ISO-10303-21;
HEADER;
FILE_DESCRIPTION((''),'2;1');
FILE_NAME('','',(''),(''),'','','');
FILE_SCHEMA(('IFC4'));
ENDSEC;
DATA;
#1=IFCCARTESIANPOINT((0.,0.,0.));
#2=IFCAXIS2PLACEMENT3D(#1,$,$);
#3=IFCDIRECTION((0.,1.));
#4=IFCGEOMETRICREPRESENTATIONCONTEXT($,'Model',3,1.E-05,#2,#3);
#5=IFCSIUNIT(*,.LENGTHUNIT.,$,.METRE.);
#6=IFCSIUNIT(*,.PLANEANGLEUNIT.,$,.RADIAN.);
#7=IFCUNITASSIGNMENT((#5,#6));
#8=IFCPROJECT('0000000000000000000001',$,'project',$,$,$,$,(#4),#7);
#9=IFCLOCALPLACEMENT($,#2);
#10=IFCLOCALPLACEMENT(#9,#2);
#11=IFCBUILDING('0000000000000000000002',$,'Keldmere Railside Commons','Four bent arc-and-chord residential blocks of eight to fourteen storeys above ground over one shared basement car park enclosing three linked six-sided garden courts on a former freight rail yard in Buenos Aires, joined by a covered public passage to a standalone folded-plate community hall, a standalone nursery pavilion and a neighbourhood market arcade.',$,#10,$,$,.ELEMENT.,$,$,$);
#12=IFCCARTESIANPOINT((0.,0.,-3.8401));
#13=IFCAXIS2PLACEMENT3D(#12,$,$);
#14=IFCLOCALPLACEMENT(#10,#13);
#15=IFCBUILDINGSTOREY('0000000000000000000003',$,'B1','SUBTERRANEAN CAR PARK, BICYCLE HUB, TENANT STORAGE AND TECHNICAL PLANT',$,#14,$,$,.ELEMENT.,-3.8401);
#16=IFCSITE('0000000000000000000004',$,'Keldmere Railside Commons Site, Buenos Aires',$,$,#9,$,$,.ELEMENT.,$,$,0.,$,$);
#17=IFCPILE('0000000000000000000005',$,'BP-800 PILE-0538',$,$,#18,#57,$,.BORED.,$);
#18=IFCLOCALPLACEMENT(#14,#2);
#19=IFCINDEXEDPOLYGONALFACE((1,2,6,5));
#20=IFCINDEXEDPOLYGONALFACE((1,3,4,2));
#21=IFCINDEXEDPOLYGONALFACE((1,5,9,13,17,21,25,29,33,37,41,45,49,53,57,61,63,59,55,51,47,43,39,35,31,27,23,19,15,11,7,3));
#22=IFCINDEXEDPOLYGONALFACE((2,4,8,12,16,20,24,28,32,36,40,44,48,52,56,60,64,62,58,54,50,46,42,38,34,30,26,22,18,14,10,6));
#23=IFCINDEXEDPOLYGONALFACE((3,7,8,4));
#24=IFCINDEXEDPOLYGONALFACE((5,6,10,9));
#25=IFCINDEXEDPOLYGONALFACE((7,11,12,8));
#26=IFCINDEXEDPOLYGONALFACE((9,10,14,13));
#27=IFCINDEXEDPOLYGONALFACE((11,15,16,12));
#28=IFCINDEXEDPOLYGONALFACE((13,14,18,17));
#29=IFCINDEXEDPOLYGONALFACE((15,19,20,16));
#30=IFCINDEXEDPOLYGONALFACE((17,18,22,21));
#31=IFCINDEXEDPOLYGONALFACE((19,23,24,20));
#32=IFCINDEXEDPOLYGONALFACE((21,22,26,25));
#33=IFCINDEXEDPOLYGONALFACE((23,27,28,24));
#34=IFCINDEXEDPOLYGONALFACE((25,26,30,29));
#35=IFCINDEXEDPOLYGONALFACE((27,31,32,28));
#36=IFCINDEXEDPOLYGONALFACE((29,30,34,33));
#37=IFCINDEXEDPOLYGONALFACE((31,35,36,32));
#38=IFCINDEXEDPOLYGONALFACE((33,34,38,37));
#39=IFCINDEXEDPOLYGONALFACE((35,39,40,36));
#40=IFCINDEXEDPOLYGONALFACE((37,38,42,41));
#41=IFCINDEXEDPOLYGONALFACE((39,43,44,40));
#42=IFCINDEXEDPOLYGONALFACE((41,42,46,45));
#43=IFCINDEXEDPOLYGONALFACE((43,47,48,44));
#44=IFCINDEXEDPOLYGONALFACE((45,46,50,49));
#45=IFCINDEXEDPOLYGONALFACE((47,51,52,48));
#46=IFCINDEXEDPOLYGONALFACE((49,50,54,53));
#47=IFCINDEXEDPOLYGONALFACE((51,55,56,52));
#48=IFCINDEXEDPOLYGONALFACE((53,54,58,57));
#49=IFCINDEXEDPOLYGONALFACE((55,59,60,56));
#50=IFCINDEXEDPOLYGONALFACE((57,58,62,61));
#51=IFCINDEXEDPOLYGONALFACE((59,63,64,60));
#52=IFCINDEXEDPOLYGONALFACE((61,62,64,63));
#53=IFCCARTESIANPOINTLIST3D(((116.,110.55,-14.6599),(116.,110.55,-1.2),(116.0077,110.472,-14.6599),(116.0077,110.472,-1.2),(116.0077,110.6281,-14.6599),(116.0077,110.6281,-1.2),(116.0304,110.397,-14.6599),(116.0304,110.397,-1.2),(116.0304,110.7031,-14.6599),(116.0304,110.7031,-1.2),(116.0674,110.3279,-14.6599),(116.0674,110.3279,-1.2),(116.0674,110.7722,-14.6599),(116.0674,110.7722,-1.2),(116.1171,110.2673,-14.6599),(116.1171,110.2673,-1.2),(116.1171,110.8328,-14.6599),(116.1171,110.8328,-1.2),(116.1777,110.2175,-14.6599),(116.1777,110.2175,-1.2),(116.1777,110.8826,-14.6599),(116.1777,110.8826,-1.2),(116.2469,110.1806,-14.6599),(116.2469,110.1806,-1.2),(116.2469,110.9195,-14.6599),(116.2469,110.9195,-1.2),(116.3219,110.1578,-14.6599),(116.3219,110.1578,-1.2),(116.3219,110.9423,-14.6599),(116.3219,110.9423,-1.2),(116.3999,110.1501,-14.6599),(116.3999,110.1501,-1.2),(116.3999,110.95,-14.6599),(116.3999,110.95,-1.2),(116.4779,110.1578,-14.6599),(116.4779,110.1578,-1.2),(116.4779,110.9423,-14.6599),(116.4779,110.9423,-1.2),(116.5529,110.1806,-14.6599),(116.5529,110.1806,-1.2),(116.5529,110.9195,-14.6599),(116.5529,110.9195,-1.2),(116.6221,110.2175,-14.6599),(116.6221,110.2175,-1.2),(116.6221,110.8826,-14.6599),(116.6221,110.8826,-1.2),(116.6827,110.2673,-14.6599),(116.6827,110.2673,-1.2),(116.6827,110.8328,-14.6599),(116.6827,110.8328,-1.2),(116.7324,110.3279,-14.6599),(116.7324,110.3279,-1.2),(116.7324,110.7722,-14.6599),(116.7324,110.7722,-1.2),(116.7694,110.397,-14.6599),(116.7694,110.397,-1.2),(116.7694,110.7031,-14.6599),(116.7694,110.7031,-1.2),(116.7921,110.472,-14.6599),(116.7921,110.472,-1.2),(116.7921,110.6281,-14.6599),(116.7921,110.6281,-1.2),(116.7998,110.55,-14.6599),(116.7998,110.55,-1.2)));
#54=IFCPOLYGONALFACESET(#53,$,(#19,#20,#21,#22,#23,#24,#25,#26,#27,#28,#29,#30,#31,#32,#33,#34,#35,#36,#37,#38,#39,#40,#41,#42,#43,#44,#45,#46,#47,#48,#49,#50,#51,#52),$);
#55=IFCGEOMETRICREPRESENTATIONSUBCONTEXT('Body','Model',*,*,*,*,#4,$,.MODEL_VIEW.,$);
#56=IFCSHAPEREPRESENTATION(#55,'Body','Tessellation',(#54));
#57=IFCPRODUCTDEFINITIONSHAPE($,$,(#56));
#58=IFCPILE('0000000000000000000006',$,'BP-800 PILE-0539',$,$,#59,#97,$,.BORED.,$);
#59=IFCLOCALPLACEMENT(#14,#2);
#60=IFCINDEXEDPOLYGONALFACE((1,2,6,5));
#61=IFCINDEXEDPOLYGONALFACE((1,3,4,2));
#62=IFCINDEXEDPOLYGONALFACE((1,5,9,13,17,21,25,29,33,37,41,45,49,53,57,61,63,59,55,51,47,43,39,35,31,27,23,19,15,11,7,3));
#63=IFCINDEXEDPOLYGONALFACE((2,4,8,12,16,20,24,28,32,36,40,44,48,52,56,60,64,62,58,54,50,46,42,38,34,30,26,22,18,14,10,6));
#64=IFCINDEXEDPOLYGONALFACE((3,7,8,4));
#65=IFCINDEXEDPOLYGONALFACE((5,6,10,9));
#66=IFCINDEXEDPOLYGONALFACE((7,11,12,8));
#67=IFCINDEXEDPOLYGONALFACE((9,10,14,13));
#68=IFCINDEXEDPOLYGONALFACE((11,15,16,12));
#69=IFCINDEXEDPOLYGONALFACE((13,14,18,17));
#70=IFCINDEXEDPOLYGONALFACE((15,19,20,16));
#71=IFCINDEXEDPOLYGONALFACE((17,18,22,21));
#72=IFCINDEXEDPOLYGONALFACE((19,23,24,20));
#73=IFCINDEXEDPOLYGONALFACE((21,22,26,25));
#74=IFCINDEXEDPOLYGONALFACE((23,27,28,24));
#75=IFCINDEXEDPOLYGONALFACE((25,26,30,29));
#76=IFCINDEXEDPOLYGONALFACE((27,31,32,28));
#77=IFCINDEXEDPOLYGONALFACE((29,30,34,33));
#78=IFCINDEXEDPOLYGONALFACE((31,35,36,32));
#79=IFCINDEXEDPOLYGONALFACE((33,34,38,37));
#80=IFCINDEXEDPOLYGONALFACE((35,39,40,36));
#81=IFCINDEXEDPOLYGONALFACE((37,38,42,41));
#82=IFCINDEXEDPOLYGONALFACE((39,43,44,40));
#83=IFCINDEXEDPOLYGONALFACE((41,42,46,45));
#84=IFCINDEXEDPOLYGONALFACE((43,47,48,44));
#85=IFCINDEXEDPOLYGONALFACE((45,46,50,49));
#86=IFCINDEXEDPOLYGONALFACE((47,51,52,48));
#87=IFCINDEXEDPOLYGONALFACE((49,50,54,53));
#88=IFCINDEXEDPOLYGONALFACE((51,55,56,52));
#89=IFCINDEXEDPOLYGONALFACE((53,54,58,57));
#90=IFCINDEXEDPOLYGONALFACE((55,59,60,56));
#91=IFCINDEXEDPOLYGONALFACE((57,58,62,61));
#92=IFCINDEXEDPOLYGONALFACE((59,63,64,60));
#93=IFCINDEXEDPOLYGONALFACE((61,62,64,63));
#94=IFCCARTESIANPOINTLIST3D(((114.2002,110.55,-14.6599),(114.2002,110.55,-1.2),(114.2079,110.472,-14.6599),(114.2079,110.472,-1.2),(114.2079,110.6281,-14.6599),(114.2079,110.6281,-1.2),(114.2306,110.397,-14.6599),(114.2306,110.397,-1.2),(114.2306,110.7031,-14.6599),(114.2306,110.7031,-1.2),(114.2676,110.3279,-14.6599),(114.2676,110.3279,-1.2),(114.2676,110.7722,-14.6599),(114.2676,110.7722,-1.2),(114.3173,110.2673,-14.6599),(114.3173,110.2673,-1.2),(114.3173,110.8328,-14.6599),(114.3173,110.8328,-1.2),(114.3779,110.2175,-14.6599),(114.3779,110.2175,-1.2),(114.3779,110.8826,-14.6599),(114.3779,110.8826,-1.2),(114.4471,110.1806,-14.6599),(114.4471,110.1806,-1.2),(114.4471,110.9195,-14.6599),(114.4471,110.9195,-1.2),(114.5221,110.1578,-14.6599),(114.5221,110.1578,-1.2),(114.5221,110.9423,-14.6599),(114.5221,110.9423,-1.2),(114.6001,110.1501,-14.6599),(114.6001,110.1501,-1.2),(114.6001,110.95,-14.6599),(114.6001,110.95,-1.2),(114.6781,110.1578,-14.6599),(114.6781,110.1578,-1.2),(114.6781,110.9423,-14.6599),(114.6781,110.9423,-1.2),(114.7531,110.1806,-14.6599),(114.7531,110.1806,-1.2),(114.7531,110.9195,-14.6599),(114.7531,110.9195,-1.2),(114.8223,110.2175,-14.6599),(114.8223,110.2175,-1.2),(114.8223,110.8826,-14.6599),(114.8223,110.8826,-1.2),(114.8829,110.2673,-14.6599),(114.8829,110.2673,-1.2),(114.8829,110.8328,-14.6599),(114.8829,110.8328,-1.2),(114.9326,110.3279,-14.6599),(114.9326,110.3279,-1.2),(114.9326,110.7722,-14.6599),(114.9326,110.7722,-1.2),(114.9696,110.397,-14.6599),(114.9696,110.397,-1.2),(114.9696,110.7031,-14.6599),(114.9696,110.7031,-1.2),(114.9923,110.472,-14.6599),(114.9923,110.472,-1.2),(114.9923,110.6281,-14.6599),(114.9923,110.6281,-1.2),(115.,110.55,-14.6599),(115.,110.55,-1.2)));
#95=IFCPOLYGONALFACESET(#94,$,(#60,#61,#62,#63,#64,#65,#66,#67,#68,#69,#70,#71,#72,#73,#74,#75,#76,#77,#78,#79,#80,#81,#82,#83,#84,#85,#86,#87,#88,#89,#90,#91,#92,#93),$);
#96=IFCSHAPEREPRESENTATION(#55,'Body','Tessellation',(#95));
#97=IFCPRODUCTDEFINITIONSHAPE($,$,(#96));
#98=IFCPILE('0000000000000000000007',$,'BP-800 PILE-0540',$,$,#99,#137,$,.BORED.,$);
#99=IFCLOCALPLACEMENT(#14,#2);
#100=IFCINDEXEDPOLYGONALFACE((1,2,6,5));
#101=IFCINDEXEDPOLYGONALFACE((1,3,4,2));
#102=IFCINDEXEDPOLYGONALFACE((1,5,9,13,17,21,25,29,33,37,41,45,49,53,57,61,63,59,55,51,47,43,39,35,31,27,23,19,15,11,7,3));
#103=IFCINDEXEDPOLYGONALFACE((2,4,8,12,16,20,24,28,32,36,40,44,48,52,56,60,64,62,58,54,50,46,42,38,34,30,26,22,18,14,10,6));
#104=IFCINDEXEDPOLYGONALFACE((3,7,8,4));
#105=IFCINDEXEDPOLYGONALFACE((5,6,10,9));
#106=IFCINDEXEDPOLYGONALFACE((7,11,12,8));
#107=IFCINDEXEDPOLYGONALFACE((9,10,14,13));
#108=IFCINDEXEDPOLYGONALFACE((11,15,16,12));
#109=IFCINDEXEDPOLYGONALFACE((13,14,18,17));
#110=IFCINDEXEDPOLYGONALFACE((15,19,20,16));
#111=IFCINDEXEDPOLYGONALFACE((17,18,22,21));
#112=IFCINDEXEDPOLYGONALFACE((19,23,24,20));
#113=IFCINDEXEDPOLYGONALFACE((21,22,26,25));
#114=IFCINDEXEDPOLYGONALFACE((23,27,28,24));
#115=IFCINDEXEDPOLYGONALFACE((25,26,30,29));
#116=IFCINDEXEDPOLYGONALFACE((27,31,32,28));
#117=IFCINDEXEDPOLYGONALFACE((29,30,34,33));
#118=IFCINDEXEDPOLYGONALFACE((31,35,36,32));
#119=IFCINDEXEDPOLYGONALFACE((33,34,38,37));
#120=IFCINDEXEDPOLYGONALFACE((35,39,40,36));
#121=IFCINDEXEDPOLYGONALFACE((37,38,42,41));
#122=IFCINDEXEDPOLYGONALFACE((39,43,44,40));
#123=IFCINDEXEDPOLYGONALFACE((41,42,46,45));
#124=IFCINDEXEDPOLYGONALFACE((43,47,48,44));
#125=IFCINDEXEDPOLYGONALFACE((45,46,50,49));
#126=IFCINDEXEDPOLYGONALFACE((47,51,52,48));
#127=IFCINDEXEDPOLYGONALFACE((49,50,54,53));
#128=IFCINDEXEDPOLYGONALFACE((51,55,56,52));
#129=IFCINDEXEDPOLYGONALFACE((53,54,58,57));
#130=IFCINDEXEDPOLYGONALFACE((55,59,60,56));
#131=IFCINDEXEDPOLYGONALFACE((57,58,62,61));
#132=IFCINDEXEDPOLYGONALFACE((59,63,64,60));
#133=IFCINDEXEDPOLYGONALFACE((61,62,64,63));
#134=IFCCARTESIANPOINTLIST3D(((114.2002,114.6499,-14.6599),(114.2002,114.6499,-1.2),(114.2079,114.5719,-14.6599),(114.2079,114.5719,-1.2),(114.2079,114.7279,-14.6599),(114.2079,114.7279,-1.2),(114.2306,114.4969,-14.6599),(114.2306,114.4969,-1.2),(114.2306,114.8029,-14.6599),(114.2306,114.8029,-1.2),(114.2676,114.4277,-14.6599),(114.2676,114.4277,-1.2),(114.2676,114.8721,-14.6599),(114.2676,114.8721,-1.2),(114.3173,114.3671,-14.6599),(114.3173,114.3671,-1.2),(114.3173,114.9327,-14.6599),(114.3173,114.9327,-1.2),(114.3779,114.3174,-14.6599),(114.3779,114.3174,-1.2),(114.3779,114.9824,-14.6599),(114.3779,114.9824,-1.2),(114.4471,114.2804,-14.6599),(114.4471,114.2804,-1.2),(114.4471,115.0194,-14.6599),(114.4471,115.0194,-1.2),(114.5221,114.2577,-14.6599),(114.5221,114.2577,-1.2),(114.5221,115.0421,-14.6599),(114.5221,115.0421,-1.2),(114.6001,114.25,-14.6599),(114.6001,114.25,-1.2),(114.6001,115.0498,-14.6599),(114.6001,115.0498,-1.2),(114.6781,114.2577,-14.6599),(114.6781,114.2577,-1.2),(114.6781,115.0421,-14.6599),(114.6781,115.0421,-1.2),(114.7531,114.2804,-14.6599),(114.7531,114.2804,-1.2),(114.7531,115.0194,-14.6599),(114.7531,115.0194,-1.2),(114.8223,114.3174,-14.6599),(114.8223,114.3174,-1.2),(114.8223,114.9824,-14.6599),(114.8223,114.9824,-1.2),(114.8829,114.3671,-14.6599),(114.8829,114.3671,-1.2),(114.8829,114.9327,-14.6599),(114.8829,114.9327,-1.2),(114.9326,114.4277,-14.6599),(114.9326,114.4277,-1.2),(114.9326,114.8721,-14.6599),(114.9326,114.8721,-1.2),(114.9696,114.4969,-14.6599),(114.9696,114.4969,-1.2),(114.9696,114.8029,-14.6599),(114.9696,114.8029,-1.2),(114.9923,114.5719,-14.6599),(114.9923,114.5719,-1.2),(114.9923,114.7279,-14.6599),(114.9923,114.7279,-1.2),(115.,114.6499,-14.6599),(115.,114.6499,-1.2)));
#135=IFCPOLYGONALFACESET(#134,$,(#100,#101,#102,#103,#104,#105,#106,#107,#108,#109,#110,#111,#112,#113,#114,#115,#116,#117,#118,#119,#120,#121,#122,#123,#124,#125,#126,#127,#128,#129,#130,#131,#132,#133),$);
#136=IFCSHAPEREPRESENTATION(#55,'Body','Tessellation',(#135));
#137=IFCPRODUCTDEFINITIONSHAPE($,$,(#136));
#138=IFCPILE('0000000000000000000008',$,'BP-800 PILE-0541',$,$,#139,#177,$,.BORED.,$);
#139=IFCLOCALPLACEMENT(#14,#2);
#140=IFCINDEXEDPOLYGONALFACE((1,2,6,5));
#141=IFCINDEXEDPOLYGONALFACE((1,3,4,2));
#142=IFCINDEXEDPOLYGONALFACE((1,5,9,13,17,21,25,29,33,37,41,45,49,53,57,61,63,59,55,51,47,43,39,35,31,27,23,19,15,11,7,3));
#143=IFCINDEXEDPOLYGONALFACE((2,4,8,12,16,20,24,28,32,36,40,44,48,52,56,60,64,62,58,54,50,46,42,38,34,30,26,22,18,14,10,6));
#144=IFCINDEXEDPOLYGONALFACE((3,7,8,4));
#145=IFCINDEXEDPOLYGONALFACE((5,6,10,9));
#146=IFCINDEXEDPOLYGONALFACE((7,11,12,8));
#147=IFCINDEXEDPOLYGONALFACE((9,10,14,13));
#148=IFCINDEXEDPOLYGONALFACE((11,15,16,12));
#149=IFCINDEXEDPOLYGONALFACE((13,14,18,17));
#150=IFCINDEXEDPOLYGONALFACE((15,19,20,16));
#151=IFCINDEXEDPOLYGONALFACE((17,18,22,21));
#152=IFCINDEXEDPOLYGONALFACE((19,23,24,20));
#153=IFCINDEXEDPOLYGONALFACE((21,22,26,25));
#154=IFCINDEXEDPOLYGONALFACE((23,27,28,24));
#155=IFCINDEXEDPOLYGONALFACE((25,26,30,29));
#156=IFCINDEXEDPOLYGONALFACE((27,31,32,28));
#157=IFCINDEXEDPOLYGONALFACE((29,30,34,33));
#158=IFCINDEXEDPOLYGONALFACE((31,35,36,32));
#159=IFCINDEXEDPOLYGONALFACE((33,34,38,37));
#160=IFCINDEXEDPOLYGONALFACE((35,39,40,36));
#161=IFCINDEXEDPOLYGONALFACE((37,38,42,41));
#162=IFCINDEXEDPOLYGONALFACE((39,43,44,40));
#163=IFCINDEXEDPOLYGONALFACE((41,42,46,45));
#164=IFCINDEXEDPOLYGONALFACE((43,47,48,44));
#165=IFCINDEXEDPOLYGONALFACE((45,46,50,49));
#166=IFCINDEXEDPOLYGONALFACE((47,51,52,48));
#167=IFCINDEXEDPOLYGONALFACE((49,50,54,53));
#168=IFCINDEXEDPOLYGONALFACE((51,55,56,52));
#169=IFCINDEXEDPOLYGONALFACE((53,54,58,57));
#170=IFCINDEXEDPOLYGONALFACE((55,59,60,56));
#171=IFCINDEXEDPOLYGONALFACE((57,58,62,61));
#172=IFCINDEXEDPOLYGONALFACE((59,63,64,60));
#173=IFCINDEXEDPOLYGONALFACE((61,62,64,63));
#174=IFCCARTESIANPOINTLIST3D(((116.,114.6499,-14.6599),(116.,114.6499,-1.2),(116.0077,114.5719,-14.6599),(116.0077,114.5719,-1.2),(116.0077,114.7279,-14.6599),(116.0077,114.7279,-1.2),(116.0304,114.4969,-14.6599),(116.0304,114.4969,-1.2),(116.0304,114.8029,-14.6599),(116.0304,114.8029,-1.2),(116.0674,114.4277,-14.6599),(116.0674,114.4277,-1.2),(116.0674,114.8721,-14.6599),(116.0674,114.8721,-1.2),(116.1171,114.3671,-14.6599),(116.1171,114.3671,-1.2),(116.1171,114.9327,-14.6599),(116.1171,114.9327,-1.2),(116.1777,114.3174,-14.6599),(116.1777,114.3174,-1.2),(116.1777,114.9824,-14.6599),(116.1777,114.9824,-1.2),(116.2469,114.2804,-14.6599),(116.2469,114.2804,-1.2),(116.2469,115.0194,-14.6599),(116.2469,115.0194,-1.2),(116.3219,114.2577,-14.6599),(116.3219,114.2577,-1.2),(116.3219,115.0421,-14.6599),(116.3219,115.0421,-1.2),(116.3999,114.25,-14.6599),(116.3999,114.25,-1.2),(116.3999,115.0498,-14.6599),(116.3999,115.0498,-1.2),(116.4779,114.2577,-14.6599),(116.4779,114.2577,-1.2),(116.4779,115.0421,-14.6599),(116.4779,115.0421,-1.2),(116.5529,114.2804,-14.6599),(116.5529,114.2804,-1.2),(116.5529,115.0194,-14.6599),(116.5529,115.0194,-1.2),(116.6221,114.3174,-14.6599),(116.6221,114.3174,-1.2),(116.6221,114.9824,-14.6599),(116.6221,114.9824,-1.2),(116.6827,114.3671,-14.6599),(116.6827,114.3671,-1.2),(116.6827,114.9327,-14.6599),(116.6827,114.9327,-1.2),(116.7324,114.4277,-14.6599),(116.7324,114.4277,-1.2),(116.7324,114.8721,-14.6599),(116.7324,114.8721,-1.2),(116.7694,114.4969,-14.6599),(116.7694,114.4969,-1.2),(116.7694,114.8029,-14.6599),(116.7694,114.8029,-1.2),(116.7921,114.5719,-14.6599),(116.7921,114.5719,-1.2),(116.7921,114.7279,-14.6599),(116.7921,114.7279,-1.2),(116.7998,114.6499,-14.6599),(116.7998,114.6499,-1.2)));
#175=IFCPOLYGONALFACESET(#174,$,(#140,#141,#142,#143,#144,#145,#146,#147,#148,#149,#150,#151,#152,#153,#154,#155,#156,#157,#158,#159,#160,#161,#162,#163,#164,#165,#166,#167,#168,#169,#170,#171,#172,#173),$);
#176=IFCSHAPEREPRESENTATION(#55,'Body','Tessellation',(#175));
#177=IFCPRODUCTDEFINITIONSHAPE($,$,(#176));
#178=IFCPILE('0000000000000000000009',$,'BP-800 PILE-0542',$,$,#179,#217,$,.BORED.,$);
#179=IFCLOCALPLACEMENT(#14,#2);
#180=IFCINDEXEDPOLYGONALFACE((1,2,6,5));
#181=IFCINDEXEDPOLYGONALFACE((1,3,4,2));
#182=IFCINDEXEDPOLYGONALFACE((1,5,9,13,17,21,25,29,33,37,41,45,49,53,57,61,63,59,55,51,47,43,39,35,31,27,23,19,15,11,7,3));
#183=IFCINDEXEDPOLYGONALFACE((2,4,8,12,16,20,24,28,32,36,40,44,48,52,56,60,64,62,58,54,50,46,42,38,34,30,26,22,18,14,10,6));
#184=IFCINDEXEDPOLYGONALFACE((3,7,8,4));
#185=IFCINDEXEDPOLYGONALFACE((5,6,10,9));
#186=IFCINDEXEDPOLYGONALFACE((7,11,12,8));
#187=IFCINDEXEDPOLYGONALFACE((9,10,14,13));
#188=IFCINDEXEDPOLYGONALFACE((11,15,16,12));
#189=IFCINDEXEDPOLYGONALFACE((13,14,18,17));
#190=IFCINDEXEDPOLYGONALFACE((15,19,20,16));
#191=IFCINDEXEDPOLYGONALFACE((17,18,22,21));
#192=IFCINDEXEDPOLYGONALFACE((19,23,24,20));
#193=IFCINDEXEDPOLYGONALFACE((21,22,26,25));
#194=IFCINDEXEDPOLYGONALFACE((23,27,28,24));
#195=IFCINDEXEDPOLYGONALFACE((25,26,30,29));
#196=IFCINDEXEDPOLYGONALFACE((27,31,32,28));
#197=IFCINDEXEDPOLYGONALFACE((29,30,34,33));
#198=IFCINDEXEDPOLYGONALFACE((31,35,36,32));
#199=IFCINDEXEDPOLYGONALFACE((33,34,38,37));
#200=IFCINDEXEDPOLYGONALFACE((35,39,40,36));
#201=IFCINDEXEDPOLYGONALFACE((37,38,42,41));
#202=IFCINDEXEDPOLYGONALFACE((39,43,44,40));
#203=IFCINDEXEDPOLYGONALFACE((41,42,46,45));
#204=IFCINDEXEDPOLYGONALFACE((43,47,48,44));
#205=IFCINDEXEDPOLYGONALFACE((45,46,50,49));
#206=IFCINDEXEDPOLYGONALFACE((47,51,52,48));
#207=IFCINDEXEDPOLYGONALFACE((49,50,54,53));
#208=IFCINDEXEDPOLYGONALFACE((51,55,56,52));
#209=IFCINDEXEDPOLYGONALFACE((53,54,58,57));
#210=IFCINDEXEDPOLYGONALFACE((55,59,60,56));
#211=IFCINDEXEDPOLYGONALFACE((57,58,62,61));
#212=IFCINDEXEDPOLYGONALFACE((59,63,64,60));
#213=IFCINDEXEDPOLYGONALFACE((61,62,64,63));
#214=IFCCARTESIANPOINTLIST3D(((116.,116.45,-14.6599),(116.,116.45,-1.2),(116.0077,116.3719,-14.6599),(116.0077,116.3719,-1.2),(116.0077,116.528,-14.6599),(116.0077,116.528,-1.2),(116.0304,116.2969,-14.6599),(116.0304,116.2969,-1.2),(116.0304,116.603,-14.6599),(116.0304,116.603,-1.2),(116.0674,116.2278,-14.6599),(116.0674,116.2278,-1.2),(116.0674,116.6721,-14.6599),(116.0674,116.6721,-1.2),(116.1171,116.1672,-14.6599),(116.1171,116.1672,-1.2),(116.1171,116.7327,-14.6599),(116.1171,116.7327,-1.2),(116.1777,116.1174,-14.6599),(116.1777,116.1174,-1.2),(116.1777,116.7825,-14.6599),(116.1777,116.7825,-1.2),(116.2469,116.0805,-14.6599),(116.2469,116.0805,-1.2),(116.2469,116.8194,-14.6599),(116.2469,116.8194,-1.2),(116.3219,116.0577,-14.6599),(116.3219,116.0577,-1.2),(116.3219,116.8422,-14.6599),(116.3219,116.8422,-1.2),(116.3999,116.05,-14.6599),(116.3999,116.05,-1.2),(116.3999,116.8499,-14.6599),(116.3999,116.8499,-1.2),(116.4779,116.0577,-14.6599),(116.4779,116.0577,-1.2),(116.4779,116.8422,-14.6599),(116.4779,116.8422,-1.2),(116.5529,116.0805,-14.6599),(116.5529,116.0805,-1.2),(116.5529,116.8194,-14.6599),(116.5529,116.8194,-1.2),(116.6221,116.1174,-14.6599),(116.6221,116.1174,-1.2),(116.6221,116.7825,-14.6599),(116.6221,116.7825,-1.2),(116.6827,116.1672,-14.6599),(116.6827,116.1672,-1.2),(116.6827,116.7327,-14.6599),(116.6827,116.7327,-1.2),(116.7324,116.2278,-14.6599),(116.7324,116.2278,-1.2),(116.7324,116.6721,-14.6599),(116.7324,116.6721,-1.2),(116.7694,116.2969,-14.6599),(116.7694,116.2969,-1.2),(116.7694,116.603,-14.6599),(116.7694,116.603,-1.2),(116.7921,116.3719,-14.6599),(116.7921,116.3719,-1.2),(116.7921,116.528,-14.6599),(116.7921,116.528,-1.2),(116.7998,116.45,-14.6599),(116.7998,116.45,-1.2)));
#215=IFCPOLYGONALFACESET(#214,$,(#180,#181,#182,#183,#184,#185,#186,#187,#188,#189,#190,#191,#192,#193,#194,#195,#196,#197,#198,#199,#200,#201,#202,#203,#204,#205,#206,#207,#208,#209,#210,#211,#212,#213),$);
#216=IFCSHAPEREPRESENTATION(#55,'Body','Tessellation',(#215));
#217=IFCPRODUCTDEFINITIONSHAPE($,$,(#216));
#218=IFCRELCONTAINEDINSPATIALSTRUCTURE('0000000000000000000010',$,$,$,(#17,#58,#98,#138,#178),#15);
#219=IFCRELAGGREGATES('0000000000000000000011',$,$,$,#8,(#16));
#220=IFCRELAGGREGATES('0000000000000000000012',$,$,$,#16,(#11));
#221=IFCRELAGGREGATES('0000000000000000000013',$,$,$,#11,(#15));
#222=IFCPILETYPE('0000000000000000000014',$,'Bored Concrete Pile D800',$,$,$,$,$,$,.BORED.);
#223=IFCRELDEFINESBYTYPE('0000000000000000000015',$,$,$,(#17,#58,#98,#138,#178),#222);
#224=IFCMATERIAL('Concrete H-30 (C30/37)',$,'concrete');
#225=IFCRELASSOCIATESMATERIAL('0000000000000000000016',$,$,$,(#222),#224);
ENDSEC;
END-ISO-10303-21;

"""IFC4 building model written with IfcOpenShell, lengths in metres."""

from ifc_helpers import new_model, si_unit, direction, frame, origin, origin_2d, place, context, subcontext, project, spatial, circle, extrude, material, material_profile, profile_set, type_object, element, save


model = new_model("IFC4")

# Units and contexts
model_context = context("Model", 3, precision=1e-05, world=origin(), true_north=direction((0.0, 1.0)))
body_context = subcontext(model_context, "Body", "Model", "MODEL_VIEW")
ifc_project = project(units=[si_unit("LENGTHUNIT", "METRE"), si_unit("PLANEANGLEUNIT", "RADIAN")], contexts=[model_context])

# Site, building, storey
site_placement = place(None, origin())
site = spatial("IfcSite", under=ifc_project, at=site_placement, Name="Keldmere Railside Commons Site, Buenos Aires", CompositionType="ELEMENT", RefElevation=0.0)
building_placement = place(site_placement, origin())
building = spatial("IfcBuilding", under=site, at=building_placement, Name="Keldmere Railside Commons", Description="Four bent arc-and-chord residential blocks of eight to fourteen storeys above ground over one shared basement car park enclosing three linked six-sided garden courts on a former freight rail yard in Buenos Aires, joined by a covered public passage to a standalone folded-plate community hall, a standalone nursery pavilion and a neighbourhood market arcade.", CompositionType="ELEMENT")
storey_placement = place(building_placement, frame((0.0, 0.0, -3.8401)))
storey = spatial("IfcBuildingStorey", under=building, at=storey_placement, Name="B1", Description="SUBTERRANEAN CAR PARK, BICYCLE HUB, TENANT STORAGE AND TECHNICAL PLANT", CompositionType="ELEMENT", Elevation=-3.8401)

# Piles
ifc_material_1 = material(Name="Concrete H-30 (C30/37)", Category="concrete")
ifc_material_profile_1 = material_profile(ifc_material_1, circle(Radius=0.3999, at=origin_2d()), Name="PILE-D800")
ifc_profile_set_1 = profile_set([ifc_material_profile_1], Name="Concrete H-30 (C30/37)")
pile_type = type_object("IfcPileType", Name="Bored Concrete Pile D800", PredefinedType="BORED", material=ifc_profile_set_1)
for number, where, z_axis, x_axis, name in (
    (1, (116.3999, 110.55, -1.2), (0.0, 0.0, -1.0), (1.0, 0.0, 0.0), "BP-800 PILE-0538"),
    (2, (114.6001, 110.55, -1.2), (0.0, 0.0, -1.0), (1.0, 0.0, 0.0), "BP-800 PILE-0539"),
    (3, (114.6001, 114.6499, -1.2), (0.0, 0.0, -1.0), (1.0, 0.0, 0.0), "BP-800 PILE-0540"),
    (4, (116.3999, 114.6499, -1.2), (0.0, 0.0, -1.0), (1.0, 0.0, 0.0), "BP-800 PILE-0541"),
    (5, (116.3999, 116.45, -1.2), (0.0, 0.0, -1.0), (1.0, 0.0, 0.0), "BP-800 PILE-0542"),
):
    element("IfcPile", number, at=place(storey_placement, frame(where, z_axis=z_axis, x_axis=x_axis)), inside=storey, type_object=pile_type, Name=name, PredefinedType="BORED", context=body_context, shape_type="SweptSolid", body=[
        extrude(circle(Radius=0.3999, at=origin_2d()), origin(), (0.0, 0.0, 1.0), 13.46),
    ])

save(model, "model.ifc")
